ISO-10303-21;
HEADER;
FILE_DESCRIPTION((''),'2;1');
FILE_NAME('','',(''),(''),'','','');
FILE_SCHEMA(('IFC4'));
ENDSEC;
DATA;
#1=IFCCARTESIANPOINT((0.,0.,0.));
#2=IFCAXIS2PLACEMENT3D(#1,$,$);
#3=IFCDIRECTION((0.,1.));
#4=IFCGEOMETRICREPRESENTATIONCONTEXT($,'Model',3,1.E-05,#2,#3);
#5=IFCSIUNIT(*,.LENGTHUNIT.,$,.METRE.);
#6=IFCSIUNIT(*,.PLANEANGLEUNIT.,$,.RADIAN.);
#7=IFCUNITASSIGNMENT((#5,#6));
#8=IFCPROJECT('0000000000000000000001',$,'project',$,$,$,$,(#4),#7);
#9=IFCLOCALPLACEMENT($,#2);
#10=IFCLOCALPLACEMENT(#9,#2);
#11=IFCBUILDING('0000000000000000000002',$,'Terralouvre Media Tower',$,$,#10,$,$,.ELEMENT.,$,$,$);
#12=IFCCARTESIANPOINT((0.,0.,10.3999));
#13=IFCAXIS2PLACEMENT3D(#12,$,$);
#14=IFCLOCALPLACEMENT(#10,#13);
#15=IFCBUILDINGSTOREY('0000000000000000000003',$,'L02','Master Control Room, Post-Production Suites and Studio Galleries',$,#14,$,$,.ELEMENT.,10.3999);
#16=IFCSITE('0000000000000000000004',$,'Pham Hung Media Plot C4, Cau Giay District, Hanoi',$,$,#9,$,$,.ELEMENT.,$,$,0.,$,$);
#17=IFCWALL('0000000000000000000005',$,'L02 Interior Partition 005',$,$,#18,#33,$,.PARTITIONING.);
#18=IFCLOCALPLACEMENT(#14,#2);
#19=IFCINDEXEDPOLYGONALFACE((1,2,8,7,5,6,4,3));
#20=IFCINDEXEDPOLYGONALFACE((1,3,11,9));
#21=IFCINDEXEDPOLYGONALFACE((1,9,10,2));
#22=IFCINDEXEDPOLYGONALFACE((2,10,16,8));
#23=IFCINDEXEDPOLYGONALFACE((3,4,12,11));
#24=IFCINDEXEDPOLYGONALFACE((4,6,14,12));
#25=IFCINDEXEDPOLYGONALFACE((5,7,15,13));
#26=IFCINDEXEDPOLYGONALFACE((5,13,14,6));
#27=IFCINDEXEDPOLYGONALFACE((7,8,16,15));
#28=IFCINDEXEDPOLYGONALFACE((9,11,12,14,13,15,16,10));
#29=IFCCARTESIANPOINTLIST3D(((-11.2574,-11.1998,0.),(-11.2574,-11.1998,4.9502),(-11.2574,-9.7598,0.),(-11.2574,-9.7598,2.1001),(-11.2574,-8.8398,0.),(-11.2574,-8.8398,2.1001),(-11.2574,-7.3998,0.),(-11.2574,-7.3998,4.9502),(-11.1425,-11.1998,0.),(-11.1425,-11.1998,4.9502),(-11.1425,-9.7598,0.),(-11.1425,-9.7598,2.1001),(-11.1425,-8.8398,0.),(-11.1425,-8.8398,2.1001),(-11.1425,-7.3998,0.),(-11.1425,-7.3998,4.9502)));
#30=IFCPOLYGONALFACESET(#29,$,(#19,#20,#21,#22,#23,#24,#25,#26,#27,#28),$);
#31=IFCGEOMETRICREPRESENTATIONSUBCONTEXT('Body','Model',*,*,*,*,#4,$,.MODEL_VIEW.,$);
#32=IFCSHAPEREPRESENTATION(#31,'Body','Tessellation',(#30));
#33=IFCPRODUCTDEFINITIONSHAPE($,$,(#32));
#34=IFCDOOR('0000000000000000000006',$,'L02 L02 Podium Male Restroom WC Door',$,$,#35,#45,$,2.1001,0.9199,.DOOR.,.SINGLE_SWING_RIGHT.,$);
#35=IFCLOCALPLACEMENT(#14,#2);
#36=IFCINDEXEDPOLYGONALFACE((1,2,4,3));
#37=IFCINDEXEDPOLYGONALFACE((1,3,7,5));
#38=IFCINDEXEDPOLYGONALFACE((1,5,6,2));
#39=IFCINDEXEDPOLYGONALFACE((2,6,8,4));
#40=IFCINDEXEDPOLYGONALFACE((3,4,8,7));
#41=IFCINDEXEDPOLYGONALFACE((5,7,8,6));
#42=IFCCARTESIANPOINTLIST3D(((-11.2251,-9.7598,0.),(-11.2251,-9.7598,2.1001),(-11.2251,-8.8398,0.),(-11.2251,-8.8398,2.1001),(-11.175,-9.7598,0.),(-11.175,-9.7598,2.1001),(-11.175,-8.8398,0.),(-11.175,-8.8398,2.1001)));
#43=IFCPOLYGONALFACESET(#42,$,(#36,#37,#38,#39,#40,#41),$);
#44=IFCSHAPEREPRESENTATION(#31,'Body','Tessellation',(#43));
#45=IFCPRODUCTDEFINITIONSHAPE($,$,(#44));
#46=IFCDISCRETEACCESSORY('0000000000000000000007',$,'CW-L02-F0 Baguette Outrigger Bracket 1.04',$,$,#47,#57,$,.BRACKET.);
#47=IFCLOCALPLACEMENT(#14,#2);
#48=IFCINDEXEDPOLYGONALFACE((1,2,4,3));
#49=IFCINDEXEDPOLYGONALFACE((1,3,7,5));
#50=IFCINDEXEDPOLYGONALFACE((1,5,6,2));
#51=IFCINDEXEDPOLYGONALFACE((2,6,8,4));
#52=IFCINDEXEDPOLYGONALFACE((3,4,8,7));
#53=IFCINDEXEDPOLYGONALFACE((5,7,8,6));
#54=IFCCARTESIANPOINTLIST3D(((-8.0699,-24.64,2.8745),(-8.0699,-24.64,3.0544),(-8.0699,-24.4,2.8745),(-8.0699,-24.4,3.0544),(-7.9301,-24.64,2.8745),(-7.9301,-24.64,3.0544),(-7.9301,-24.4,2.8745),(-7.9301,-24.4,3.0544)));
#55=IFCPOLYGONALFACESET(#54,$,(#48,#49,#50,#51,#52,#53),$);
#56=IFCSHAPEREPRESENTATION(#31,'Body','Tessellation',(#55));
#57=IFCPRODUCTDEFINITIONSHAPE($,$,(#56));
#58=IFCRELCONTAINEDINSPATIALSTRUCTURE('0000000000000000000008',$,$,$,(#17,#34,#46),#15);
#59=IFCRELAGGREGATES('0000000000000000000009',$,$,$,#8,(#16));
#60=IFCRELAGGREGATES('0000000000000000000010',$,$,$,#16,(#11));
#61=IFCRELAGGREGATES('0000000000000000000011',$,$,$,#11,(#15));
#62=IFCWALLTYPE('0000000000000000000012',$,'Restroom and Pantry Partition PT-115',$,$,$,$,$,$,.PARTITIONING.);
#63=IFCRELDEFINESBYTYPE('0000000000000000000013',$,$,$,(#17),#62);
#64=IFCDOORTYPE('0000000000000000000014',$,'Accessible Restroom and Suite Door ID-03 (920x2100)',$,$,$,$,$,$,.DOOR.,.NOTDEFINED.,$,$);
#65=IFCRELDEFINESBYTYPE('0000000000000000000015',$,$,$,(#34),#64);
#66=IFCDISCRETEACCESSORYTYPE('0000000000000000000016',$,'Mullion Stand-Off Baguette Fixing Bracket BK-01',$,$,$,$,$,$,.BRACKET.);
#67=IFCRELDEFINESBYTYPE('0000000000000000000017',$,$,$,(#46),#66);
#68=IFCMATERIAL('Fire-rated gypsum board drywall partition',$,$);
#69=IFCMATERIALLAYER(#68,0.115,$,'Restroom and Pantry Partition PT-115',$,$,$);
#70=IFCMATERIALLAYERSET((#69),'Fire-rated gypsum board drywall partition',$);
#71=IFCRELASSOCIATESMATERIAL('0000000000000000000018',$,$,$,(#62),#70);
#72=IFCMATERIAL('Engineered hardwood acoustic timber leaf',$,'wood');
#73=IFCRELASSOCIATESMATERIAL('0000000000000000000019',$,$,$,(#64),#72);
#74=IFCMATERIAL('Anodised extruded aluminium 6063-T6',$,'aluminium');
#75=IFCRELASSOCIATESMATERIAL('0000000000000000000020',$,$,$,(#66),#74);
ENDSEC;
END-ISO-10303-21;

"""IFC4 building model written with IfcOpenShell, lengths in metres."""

from ifc_helpers import new_model, si_unit, direction, frame, frame_2d, origin, origin_2d, place, context, subcontext, project, spatial, rectangle, extrude, material, layer, layer_set, type_object, element, fill, save


model = new_model("IFC4")

# Units and contexts
model_context = context("Model", 3, precision=1e-05, world=origin(), true_north=direction((0.0, 1.0)))
body_context = subcontext(model_context, "Body", "Model", "MODEL_VIEW")
ifc_project = project(units=[si_unit("LENGTHUNIT", "METRE"), si_unit("PLANEANGLEUNIT", "RADIAN")], contexts=[model_context])

# Site, building, storey
site_placement = place(None, origin())
site = spatial("IfcSite", under=ifc_project, at=site_placement, Name="Pham Hung Media Plot C4, Cau Giay District, Hanoi", CompositionType="ELEMENT", RefElevation=0.0)
building_placement = place(site_placement, origin())
building = spatial("IfcBuilding", under=site, at=building_placement, Name="Terralouvre Media Tower", CompositionType="ELEMENT")
storey_placement = place(building_placement, frame((0.0, 0.0, 10.3999)))
storey = spatial("IfcBuildingStorey", under=building, at=storey_placement, Name="L02", Description="Master Control Room, Post-Production Suites and Studio Galleries", CompositionType="ELEMENT", Elevation=10.3999)

# Wall, opening, door
ifc_material_1 = material(Name="Fire-rated gypsum board drywall partition")
ifc_layer_1 = layer(ifc_material_1, 0.115, Name="Restroom and Pantry Partition PT-115")
ifc_layer_set_1 = layer_set([ifc_layer_1], Name="Fire-rated gypsum board drywall partition")
wall_type_1 = type_object("IfcWallType", Name="Restroom and Pantry Partition PT-115", PredefinedType="PARTITIONING", material=ifc_layer_set_1)
wall_1_placement = place(storey_placement, frame((-11.2, -7.3999, 0.0), z_axis=(0.0, 0.0, 1.0), x_axis=(0.0, -1.0, 0.0)))
wall_1 = element("IfcWall", 1, at=wall_1_placement, inside=storey, type_object=wall_type_1, Name="L02 Interior Partition 005", PredefinedType="PARTITIONING", context=body_context, shape_type="SweptSolid", body=[
    extrude(rectangle(XDim=3.8, YDim=0.115, at=frame_2d((1.8999, 0.0))), origin(), (0.0, 0.0, 1.0), 4.9502),
])
opening_1_placement = place(wall_1_placement, frame((1.4399, 0.0, 0.0)))
opening_1 = element("IfcOpeningElement", 2, at=opening_1_placement, cuts=wall_1, PredefinedType="OPENING", context=body_context, shape_type="SweptSolid", body=[
    extrude(rectangle(XDim=0.9199, YDim=2.1001, at=frame_2d((0.46, 1.05))), frame((0.0, 0.0674, 0.0), z_axis=(0.0, -1.0, 0.0), x_axis=(1.0, 0.0, 0.0)), (0.0, 0.0, 1.0), 0.135),
])
ifc_material_2 = material(Name="Engineered hardwood acoustic timber leaf", Category="wood")
door_type_1 = type_object("IfcDoorType", Name="Accessible Restroom and Suite Door ID-03 (920x2100)", OperationType="NOTDEFINED", PredefinedType="DOOR", material=ifc_material_2)
door_1_placement = place(opening_1_placement, origin())
door_1 = element("IfcDoor", 3, at=door_1_placement, inside=storey, type_object=door_type_1, Name="L02 L02 Podium Male Restroom WC Door", OperationType="SINGLE_SWING_RIGHT", OverallHeight=2.1001, OverallWidth=0.9199, PredefinedType="DOOR", context=body_context, shape_type="SweptSolid", body=[
    extrude(rectangle(XDim=0.9199, YDim=2.1001, at=frame_2d((0.46, 1.05))), frame((0.0, 0.0249, 0.0), z_axis=(0.0, -1.0, 0.0), x_axis=(1.0, 0.0, 0.0)), (0.0, 0.0, 1.0), 0.05),
])
fill(opening_1, door_1)

# Discrete accessory
ifc_material_3 = material(Name="Anodised extruded aluminium 6063-T6", Category="aluminium")
discrete_accessory_type = type_object("IfcDiscreteAccessoryType", Name="Mullion Stand-Off Baguette Fixing Bracket BK-01", PredefinedType="BRACKET", material=ifc_material_3)
discrete_accessory_placement = place(storey_placement, frame((-8.0, -24.52, 2.8745), z_axis=(0.0, 0.0, 1.0), x_axis=(1.0, 0.0, 0.0)))
element("IfcDiscreteAccessory", 4, at=discrete_accessory_placement, inside=storey, type_object=discrete_accessory_type, Name="CW-L02-F0 Baguette Outrigger Bracket 1.04", PredefinedType="BRACKET", context=body_context, shape_type="SweptSolid", body=[
    extrude(rectangle(XDim=0.1399, YDim=0.24, at=origin_2d()), origin(), (0.0, 0.0, 1.0), 0.1799),
])

save(model, "model.ifc")
